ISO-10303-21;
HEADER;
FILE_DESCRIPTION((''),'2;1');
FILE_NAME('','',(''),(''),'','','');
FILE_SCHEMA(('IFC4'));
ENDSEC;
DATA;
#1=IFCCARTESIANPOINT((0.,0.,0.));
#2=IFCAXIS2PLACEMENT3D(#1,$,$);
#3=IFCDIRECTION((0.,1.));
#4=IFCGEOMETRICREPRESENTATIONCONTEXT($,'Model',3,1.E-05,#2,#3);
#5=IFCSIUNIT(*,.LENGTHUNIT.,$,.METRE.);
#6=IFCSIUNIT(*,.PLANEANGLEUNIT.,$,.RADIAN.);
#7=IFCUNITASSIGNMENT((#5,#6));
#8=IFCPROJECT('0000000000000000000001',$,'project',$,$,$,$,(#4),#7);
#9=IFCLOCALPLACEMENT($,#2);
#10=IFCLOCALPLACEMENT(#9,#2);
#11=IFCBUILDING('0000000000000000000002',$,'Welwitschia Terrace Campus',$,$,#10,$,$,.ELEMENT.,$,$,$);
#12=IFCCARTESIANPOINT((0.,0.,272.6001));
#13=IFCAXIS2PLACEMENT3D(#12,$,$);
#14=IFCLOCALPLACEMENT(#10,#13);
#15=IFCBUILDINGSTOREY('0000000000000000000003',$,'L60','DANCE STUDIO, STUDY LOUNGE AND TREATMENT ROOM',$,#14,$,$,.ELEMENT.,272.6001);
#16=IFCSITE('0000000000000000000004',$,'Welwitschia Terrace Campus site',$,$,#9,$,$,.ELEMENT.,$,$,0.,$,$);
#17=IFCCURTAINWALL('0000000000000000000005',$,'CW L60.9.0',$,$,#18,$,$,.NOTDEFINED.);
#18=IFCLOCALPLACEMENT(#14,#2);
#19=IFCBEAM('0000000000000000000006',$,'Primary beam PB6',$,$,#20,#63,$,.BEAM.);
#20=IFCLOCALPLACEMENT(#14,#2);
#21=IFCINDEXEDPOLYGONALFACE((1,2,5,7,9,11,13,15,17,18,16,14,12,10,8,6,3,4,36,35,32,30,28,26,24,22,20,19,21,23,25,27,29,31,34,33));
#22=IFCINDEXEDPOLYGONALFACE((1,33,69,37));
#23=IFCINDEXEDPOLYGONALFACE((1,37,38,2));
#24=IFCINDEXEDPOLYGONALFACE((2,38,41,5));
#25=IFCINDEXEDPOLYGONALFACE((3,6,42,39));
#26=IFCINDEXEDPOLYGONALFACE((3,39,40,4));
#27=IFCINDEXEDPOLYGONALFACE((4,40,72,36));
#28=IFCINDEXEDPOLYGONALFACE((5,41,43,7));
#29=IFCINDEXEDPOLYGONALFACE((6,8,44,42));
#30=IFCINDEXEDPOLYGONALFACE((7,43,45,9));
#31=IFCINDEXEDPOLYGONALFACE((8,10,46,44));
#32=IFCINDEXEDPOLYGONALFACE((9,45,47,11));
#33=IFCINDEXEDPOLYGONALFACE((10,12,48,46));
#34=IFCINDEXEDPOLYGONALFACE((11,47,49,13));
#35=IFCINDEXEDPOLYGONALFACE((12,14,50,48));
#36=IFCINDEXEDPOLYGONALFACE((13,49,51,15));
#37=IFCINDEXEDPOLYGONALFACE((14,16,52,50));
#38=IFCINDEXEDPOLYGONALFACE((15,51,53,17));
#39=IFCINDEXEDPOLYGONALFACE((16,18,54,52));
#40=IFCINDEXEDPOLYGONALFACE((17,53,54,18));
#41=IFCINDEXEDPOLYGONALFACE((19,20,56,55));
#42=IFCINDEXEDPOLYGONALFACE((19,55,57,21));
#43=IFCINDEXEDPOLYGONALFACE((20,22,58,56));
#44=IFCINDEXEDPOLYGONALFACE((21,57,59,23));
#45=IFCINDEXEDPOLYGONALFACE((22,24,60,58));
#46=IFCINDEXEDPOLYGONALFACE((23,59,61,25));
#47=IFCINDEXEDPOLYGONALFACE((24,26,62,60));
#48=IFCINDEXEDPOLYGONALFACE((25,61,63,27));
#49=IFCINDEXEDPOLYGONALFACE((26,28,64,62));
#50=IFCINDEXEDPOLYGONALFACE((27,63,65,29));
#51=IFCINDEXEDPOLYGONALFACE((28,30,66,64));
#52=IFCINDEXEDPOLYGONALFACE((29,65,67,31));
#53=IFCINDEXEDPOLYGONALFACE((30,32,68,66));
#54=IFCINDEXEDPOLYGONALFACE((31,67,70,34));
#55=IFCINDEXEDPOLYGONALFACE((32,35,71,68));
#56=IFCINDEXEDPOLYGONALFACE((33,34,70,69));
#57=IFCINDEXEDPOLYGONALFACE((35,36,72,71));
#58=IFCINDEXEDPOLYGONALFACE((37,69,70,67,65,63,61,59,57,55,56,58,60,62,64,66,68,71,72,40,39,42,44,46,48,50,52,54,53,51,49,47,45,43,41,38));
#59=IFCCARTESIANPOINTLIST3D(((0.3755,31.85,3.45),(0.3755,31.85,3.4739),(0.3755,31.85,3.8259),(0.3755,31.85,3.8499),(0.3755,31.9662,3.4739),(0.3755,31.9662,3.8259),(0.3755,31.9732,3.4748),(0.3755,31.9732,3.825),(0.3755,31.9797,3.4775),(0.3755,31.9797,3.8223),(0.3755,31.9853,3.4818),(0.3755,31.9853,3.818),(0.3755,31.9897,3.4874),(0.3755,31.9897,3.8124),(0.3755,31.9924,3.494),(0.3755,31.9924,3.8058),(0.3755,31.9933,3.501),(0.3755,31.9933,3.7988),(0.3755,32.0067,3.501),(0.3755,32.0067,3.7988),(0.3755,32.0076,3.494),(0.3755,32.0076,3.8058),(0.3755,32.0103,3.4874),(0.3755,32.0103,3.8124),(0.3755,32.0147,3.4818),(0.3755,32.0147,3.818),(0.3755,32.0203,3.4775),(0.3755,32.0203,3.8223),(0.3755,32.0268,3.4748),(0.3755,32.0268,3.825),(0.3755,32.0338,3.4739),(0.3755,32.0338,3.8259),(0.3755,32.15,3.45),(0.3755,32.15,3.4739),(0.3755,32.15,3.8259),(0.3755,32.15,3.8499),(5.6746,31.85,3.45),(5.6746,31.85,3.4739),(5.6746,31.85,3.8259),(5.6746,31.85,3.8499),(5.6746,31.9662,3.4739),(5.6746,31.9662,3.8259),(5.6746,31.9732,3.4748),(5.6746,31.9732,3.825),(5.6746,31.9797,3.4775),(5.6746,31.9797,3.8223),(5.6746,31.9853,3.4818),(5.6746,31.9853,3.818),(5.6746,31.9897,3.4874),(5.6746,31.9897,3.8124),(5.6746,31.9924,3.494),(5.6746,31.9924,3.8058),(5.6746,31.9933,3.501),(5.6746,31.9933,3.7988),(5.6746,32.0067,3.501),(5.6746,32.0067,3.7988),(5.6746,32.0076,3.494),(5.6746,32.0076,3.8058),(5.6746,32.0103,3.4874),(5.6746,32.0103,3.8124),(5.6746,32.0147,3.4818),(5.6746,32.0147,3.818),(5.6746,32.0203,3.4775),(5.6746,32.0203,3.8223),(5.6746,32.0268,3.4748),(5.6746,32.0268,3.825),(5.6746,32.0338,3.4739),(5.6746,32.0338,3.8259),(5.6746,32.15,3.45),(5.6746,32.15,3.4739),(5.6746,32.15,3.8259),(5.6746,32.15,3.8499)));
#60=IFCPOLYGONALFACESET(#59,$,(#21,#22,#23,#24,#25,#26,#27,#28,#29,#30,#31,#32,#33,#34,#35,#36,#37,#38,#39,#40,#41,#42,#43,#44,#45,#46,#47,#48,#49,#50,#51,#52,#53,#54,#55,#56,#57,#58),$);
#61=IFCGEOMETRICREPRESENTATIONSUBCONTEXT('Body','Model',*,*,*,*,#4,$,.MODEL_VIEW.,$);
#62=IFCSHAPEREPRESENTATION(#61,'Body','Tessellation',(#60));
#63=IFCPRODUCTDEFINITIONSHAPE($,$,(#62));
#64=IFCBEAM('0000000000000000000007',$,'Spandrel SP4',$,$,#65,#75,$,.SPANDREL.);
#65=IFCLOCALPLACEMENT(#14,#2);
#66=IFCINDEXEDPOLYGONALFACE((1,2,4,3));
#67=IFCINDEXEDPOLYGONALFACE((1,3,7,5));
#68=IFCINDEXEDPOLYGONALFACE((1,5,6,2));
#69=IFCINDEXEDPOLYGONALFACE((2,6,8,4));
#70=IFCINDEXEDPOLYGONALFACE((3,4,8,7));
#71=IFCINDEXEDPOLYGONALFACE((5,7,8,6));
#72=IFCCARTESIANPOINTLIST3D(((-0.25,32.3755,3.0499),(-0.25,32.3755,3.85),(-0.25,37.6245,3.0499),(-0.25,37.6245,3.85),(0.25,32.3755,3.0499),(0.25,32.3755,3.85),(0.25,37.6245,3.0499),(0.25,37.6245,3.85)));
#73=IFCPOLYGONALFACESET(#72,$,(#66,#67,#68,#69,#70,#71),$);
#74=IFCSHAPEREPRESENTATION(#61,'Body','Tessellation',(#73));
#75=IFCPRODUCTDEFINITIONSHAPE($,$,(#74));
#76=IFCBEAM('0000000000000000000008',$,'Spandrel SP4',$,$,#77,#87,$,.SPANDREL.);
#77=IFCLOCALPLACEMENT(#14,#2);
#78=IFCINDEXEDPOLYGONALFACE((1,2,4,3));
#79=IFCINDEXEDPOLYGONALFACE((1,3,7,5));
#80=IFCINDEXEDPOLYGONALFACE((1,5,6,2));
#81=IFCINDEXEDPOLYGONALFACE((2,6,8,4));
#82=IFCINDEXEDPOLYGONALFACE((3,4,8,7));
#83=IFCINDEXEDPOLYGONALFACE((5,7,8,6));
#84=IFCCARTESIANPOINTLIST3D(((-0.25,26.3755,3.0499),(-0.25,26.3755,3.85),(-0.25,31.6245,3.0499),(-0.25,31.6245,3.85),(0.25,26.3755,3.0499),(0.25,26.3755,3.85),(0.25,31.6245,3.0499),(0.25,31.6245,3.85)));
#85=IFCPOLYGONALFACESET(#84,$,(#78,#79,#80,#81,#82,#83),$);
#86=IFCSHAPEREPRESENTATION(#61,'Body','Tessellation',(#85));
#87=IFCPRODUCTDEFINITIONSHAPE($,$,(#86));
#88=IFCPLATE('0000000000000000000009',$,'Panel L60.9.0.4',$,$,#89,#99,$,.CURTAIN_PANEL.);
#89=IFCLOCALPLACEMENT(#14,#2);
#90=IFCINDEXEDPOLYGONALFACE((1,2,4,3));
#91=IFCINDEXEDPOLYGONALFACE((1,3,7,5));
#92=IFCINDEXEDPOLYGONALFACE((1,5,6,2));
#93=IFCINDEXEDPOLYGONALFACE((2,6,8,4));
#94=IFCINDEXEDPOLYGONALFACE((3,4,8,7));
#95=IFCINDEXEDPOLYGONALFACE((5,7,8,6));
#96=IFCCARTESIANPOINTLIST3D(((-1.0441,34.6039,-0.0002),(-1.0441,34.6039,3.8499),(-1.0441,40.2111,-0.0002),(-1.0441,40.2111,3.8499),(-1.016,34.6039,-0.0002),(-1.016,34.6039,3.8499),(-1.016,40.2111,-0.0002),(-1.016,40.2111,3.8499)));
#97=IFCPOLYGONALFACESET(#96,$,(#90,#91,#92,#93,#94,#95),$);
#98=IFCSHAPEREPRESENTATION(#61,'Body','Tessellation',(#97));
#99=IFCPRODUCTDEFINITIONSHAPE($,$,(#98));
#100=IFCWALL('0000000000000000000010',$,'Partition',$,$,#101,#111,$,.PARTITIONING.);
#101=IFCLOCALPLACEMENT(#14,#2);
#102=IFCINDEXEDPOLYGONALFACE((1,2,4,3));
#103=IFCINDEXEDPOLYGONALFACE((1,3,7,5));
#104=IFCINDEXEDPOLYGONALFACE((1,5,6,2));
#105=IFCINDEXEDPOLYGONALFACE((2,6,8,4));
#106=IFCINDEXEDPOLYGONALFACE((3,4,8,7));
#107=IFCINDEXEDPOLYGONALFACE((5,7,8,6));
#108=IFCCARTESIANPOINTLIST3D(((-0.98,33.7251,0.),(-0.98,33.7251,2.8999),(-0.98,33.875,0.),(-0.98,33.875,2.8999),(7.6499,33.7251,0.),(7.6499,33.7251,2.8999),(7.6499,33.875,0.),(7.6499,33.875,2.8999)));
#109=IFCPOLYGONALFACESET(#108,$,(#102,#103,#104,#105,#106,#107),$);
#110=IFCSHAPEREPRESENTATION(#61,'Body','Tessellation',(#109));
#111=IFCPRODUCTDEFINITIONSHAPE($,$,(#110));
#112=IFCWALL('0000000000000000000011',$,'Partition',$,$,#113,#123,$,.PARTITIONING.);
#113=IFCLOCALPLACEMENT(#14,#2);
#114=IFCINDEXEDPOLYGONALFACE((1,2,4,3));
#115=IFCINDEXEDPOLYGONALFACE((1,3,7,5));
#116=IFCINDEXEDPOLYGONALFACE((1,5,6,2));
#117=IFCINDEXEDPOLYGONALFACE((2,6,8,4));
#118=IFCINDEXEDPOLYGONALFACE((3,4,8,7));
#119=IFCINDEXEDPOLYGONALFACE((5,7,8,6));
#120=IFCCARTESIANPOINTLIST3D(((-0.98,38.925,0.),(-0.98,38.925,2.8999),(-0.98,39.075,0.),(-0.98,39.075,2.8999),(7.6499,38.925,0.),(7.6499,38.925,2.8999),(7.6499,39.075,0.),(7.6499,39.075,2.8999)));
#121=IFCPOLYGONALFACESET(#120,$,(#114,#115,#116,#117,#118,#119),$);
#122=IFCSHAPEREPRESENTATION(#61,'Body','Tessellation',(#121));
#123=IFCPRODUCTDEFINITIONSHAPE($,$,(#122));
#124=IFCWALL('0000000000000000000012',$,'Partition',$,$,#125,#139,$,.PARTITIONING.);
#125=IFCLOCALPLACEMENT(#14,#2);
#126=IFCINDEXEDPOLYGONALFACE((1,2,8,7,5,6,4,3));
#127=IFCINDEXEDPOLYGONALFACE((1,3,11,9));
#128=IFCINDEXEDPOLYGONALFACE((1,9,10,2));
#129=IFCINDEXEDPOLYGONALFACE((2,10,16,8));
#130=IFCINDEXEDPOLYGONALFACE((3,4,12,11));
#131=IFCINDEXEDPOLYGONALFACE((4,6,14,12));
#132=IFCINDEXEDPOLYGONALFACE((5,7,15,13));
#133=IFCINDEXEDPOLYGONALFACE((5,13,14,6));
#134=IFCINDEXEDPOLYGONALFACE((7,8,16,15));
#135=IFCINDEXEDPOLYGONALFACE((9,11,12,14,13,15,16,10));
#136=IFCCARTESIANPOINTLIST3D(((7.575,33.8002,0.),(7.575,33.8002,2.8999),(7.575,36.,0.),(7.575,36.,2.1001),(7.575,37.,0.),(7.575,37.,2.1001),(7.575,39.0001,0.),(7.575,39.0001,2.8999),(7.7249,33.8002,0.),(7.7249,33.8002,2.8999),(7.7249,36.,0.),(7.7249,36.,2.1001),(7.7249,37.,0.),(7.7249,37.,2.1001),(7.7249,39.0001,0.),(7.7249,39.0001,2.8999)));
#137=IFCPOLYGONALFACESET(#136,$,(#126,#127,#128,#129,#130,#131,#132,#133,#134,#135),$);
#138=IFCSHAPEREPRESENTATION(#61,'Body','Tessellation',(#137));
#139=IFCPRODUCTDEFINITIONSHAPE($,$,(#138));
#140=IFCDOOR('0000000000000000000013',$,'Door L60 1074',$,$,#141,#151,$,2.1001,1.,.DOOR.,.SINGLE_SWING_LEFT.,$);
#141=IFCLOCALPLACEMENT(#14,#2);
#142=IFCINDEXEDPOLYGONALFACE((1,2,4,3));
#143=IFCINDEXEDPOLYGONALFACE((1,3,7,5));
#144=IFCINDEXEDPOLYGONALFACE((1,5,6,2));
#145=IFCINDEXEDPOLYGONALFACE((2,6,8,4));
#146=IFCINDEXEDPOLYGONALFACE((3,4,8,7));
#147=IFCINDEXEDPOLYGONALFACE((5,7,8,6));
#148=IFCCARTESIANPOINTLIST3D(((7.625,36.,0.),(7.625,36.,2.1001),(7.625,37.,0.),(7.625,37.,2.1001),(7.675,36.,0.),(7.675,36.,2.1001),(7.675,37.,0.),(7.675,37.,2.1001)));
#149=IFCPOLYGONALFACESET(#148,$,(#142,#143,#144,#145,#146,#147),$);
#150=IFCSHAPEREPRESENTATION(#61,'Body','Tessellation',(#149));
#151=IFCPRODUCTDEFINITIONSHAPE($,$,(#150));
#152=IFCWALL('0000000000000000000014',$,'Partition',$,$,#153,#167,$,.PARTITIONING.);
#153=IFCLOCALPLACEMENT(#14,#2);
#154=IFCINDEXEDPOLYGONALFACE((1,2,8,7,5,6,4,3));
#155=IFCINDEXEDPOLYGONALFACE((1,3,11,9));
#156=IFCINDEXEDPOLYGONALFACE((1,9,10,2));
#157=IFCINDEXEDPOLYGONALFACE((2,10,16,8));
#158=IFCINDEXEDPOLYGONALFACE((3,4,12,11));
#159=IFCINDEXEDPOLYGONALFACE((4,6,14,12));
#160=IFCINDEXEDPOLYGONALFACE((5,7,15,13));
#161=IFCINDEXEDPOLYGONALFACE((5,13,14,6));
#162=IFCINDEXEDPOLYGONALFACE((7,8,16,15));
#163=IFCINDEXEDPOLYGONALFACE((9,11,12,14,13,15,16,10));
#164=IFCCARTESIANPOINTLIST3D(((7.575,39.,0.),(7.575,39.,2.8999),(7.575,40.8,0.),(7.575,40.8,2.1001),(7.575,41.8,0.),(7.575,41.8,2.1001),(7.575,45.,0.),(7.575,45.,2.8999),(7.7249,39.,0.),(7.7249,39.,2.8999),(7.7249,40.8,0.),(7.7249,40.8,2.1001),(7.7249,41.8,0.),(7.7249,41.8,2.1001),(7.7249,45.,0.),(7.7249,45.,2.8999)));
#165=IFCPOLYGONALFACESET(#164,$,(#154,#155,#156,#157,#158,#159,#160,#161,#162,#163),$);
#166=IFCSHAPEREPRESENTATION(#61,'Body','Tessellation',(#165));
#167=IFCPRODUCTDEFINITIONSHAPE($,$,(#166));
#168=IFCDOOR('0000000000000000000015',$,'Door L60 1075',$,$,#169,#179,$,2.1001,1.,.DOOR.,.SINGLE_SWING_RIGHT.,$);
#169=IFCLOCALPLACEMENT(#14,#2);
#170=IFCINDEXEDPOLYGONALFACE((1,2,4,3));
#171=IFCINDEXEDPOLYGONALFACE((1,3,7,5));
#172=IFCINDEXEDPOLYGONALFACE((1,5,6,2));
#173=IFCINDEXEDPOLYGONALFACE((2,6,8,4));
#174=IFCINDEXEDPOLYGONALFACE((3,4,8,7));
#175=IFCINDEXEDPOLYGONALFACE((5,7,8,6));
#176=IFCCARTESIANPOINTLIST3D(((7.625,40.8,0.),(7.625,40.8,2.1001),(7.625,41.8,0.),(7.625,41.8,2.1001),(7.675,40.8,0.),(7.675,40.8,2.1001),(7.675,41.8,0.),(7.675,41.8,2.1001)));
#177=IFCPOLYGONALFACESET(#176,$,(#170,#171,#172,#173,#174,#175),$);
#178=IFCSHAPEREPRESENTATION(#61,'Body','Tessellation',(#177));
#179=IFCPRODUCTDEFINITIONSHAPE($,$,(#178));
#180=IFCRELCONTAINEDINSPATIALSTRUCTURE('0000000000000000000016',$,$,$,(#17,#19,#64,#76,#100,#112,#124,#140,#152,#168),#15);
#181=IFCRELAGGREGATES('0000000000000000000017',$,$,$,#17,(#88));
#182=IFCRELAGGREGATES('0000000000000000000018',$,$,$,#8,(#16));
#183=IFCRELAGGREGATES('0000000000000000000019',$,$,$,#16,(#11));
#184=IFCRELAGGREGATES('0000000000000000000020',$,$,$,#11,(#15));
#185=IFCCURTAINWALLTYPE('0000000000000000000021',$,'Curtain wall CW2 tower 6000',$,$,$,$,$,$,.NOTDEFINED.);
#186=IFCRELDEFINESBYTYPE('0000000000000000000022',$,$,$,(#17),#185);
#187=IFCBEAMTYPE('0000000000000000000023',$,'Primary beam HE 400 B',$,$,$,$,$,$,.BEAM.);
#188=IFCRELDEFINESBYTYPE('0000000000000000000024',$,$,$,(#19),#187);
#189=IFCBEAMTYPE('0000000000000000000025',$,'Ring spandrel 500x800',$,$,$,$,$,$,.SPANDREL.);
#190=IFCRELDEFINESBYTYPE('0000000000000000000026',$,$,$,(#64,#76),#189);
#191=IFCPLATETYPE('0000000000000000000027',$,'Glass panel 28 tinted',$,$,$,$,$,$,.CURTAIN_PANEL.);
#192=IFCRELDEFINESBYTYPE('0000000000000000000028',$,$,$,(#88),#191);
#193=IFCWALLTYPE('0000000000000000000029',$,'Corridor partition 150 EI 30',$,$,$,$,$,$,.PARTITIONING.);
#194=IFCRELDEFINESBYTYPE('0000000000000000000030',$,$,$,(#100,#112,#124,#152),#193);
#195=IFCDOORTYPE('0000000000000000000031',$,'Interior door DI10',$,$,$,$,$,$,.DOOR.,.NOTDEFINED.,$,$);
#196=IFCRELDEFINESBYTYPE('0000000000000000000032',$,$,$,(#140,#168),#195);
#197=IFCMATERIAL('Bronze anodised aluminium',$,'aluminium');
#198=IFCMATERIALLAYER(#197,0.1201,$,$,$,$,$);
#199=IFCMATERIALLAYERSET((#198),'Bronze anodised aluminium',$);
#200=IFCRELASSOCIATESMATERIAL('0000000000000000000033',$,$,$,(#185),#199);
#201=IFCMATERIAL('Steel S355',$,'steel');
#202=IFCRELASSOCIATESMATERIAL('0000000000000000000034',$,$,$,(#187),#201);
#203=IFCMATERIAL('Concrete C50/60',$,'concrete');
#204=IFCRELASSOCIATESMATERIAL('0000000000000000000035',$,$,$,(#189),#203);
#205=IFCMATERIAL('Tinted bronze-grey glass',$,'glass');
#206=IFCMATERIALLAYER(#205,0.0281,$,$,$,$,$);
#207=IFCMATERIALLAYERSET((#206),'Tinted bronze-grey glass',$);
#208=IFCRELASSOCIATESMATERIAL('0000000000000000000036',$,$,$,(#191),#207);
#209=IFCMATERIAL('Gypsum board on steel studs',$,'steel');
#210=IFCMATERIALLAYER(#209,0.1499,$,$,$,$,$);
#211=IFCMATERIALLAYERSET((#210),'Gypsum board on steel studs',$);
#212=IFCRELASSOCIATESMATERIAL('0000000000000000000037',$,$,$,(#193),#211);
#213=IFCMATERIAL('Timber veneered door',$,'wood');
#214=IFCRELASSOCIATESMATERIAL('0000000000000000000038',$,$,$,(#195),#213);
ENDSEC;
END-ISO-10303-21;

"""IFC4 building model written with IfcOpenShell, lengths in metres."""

from ifc_helpers import new_model, si_unit, direction, frame, frame_2d, origin, origin_2d, place, context, subcontext, project, spatial, rectangle, i_section, extrude, material, layer, layer_set, material_profile, profile_set, type_object, element, fill, aggregate, save


model = new_model("IFC4")

# Units and contexts
model_context = context("Model", 3, precision=1e-05, world=origin(), true_north=direction((0.0, 1.0)))
body_context = subcontext(model_context, "Body", "Model", "MODEL_VIEW")
ifc_project = project(units=[si_unit("LENGTHUNIT", "METRE"), si_unit("PLANEANGLEUNIT", "RADIAN")], contexts=[model_context])

# Site, building, storey
site_placement = place(None, origin())
site = spatial("IfcSite", under=ifc_project, at=site_placement, Name="Welwitschia Terrace Campus site", CompositionType="ELEMENT", RefElevation=0.0)
building_placement = place(site_placement, origin())
building = spatial("IfcBuilding", under=site, at=building_placement, Name="Welwitschia Terrace Campus", CompositionType="ELEMENT")
storey_placement = place(building_placement, frame((0.0, 0.0, 272.6001)))
storey = spatial("IfcBuildingStorey", under=building, at=storey_placement, Name="L60", Description="DANCE STUDIO, STUDY LOUNGE AND TREATMENT ROOM", CompositionType="ELEMENT", Elevation=272.6001)

# Curtain wall
ifc_material_1 = material(Name="Bronze anodised aluminium", Category="aluminium")
ifc_layer_1 = layer(ifc_material_1, 0.1201)
ifc_layer_set_1 = layer_set([ifc_layer_1], Name="Bronze anodised aluminium")
curtain_wall_type = type_object("IfcCurtainWallType", Name="Curtain wall CW2 tower 6000", PredefinedType="NOTDEFINED", material=ifc_layer_set_1)
curtain_wall_placement = place(storey_placement, origin())
curtain_wall = element("IfcCurtainWall", 1, at=curtain_wall_placement, inside=storey, type_object=curtain_wall_type, Name="CW L60.9.0", PredefinedType="NOTDEFINED")

# Beams
ifc_material_2 = material(Name="Steel S355", Category="steel")
ifc_material_profile_1 = material_profile(ifc_material_2, i_section(OverallWidth=0.3, OverallDepth=0.3999, WebThickness=0.0134, FlangeThickness=0.0239, FilletRadius=0.0271, at=origin_2d()))
ifc_profile_set_1 = profile_set([ifc_material_profile_1], Name="Steel S355")
beam_type_1 = type_object("IfcBeamType", Name="Primary beam HE 400 B", PredefinedType="BEAM", material=ifc_profile_set_1)
beam_1_placement = place(storey_placement, frame((0.3755, 32.0, 3.6499), z_axis=(1.0, 0.0, 0.0), x_axis=(0.0, 1.0, 0.0)))
element("IfcBeam", 2, at=beam_1_placement, inside=storey, type_object=beam_type_1, Name="Primary beam PB6", PredefinedType="BEAM", context=body_context, shape_type="SweptSolid", body=[
    extrude(i_section(OverallWidth=0.3, OverallDepth=0.3999, WebThickness=0.0134, FlangeThickness=0.0239, FilletRadius=0.0271, at=origin_2d()), origin(), (0.0, 0.0, 1.0), 5.2991),
])
ifc_material_3 = material(Name="Concrete C50/60", Category="concrete")
ifc_material_profile_2 = material_profile(ifc_material_3, rectangle(XDim=0.5, YDim=0.8, at=origin_2d()))
ifc_profile_set_2 = profile_set([ifc_material_profile_2], Name="Concrete C50/60")
beam_type_2 = type_object("IfcBeamType", Name="Ring spandrel 500x800", PredefinedType="SPANDREL", material=ifc_profile_set_2)
for number, where, z_axis, x_axis, name in (
    (3, (0.0, 37.6245, 3.45), (0.0, -1.0, 0.0), (1.0, 0.0, 0.0), "Spandrel SP4"),
    (4, (0.0, 31.6245, 3.45), (0.0, -1.0, 0.0), (1.0, 0.0, 0.0), "Spandrel SP4"),
):
    element("IfcBeam", number, at=place(storey_placement, frame(where, z_axis=z_axis, x_axis=x_axis)), inside=storey, type_object=beam_type_2, Name=name, PredefinedType="SPANDREL", context=body_context, shape_type="SweptSolid", body=[
        extrude(rectangle(XDim=0.5, YDim=0.8, at=origin_2d()), origin(), (0.0, 0.0, 1.0), 5.249),
    ])

# Plate
ifc_material_4 = material(Name="Tinted bronze-grey glass", Category="glass")
ifc_layer_2 = layer(ifc_material_4, 0.0281)
ifc_layer_set_2 = layer_set([ifc_layer_2], Name="Tinted bronze-grey glass")
plate_type = type_object("IfcPlateType", Name="Glass panel 28 tinted", PredefinedType="CURTAIN_PANEL", material=ifc_layer_set_2)
plate_placement = place(storey_placement, frame((-1.03, 37.4075, -0.0002), z_axis=(0.0, 0.0, 1.0), x_axis=(0.0, -1.0, 0.0)))
plate = element("IfcPlate", 5, at=plate_placement, type_object=plate_type, Name="Panel L60.9.0.4", PredefinedType="CURTAIN_PANEL", context=body_context, shape_type="SweptSolid", body=[
    extrude(rectangle(XDim=5.6072, YDim=0.0281, at=origin_2d()), origin(), (0.0, 0.0, 1.0), 3.8501),
])
aggregate(curtain_wall, [plate])

# Walls
ifc_material_5 = material(Name="Gypsum board on steel studs", Category="steel")
ifc_layer_3 = layer(ifc_material_5, 0.1499)
ifc_layer_set_3 = layer_set([ifc_layer_3], Name="Gypsum board on steel studs")
wall_type_1 = type_object("IfcWallType", Name="Corridor partition 150 EI 30", PredefinedType="PARTITIONING", material=ifc_layer_set_3)
for number, where, z_axis, x_axis, name in (
    (6, (-0.98, 33.8, 0.0), (0.0, 0.0, 1.0), (1.0, 0.0, 0.0), "Partition"),
    (7, (-0.98, 39.0, 0.0), (0.0, 0.0, 1.0), (1.0, 0.0, 0.0), "Partition"),
):
    element("IfcWall", number, at=place(storey_placement, frame(where, z_axis=z_axis, x_axis=x_axis)), inside=storey, type_object=wall_type_1, Name=name, PredefinedType="PARTITIONING", context=body_context, shape_type="SweptSolid", body=[
        extrude(rectangle(XDim=8.6299, YDim=0.1499, at=frame_2d((4.3149, 0.0))), origin(), (0.0, 0.0, 1.0), 2.8999),
    ])

# Walls, openings, doors
wall_1_placement = place(storey_placement, frame((7.6499, 33.8, 0.0), z_axis=(0.0, 0.0, 1.0), x_axis=(0.0, 1.0, 0.0)))
wall_1 = element("IfcWall", 8, at=wall_1_placement, inside=storey, type_object=wall_type_1, Name="Partition", PredefinedType="PARTITIONING", context=body_context, shape_type="SweptSolid", body=[
    extrude(rectangle(XDim=5.2, YDim=0.1499, at=frame_2d((2.6001, 0.0))), origin(), (0.0, 0.0, 1.0), 2.8999),
])
opening_1_placement = place(wall_1_placement, frame((2.2, 0.0, 0.0)))
opening_1 = element("IfcOpeningElement", 9, at=opening_1_placement, cuts=wall_1, PredefinedType="OPENING", context=body_context, shape_type="SweptSolid", body=[
    extrude(rectangle(XDim=1.0, YDim=2.1001, at=frame_2d((0.5, 1.05))), frame((0.0, 0.085, 0.0), z_axis=(0.0, -1.0, 0.0), x_axis=(1.0, 0.0, 0.0)), (0.0, 0.0, 1.0), 0.1699),
])
ifc_material_6 = material(Name="Timber veneered door", Category="wood")
door_type_1 = type_object("IfcDoorType", Name="Interior door DI10", OperationType="NOTDEFINED", PredefinedType="DOOR", material=ifc_material_6)
door_1_placement = place(opening_1_placement, origin())
door_1 = element("IfcDoor", 10, at=door_1_placement, inside=storey, type_object=door_type_1, Name="Door L60 1074", OperationType="SINGLE_SWING_LEFT", OverallHeight=2.1001, OverallWidth=1.0, PredefinedType="DOOR", context=body_context, shape_type="SweptSolid", body=[
    extrude(rectangle(XDim=1.0, YDim=2.1001, at=frame_2d((0.5, 1.05))), frame((0.0, 0.0249, 0.0), z_axis=(0.0, -1.0, 0.0), x_axis=(1.0, 0.0, 0.0)), (0.0, 0.0, 1.0), 0.05),
])
fill(opening_1, door_1)
wall_2_placement = place(storey_placement, frame((7.6499, 39.0, 0.0), z_axis=(0.0, 0.0, 1.0), x_axis=(0.0, 1.0, 0.0)))
wall_2 = element("IfcWall", 11, at=wall_2_placement, inside=storey, type_object=wall_type_1, Name="Partition", PredefinedType="PARTITIONING", context=body_context, shape_type="SweptSolid", body=[
    extrude(rectangle(XDim=6.0, YDim=0.1499, at=frame_2d((3.0, 0.0))), origin(), (0.0, 0.0, 1.0), 2.8999),
])
opening_2_placement = place(wall_2_placement, frame((1.8, 0.0, 0.0)))
opening_2 = element("IfcOpeningElement", 12, at=opening_2_placement, cuts=wall_2, PredefinedType="OPENING", context=body_context, shape_type="SweptSolid", body=[
    extrude(rectangle(XDim=1.0, YDim=2.1001, at=frame_2d((0.5, 1.05))), frame((0.0, 0.085, 0.0), z_axis=(0.0, -1.0, 0.0), x_axis=(1.0, 0.0, 0.0)), (0.0, 0.0, 1.0), 0.1699),
])
door_2_placement = place(opening_2_placement, origin())
door_2 = element("IfcDoor", 13, at=door_2_placement, inside=storey, type_object=door_type_1, Name="Door L60 1075", OperationType="SINGLE_SWING_RIGHT", OverallHeight=2.1001, OverallWidth=1.0, PredefinedType="DOOR", context=body_context, shape_type="SweptSolid", body=[
    extrude(rectangle(XDim=1.0, YDim=2.1001, at=frame_2d((0.5, 1.05))), frame((0.0, 0.0249, 0.0), z_axis=(0.0, -1.0, 0.0), x_axis=(1.0, 0.0, 0.0)), (0.0, 0.0, 1.0), 0.05),
])
fill(opening_2, door_2)

save(model, "model.ifc")
